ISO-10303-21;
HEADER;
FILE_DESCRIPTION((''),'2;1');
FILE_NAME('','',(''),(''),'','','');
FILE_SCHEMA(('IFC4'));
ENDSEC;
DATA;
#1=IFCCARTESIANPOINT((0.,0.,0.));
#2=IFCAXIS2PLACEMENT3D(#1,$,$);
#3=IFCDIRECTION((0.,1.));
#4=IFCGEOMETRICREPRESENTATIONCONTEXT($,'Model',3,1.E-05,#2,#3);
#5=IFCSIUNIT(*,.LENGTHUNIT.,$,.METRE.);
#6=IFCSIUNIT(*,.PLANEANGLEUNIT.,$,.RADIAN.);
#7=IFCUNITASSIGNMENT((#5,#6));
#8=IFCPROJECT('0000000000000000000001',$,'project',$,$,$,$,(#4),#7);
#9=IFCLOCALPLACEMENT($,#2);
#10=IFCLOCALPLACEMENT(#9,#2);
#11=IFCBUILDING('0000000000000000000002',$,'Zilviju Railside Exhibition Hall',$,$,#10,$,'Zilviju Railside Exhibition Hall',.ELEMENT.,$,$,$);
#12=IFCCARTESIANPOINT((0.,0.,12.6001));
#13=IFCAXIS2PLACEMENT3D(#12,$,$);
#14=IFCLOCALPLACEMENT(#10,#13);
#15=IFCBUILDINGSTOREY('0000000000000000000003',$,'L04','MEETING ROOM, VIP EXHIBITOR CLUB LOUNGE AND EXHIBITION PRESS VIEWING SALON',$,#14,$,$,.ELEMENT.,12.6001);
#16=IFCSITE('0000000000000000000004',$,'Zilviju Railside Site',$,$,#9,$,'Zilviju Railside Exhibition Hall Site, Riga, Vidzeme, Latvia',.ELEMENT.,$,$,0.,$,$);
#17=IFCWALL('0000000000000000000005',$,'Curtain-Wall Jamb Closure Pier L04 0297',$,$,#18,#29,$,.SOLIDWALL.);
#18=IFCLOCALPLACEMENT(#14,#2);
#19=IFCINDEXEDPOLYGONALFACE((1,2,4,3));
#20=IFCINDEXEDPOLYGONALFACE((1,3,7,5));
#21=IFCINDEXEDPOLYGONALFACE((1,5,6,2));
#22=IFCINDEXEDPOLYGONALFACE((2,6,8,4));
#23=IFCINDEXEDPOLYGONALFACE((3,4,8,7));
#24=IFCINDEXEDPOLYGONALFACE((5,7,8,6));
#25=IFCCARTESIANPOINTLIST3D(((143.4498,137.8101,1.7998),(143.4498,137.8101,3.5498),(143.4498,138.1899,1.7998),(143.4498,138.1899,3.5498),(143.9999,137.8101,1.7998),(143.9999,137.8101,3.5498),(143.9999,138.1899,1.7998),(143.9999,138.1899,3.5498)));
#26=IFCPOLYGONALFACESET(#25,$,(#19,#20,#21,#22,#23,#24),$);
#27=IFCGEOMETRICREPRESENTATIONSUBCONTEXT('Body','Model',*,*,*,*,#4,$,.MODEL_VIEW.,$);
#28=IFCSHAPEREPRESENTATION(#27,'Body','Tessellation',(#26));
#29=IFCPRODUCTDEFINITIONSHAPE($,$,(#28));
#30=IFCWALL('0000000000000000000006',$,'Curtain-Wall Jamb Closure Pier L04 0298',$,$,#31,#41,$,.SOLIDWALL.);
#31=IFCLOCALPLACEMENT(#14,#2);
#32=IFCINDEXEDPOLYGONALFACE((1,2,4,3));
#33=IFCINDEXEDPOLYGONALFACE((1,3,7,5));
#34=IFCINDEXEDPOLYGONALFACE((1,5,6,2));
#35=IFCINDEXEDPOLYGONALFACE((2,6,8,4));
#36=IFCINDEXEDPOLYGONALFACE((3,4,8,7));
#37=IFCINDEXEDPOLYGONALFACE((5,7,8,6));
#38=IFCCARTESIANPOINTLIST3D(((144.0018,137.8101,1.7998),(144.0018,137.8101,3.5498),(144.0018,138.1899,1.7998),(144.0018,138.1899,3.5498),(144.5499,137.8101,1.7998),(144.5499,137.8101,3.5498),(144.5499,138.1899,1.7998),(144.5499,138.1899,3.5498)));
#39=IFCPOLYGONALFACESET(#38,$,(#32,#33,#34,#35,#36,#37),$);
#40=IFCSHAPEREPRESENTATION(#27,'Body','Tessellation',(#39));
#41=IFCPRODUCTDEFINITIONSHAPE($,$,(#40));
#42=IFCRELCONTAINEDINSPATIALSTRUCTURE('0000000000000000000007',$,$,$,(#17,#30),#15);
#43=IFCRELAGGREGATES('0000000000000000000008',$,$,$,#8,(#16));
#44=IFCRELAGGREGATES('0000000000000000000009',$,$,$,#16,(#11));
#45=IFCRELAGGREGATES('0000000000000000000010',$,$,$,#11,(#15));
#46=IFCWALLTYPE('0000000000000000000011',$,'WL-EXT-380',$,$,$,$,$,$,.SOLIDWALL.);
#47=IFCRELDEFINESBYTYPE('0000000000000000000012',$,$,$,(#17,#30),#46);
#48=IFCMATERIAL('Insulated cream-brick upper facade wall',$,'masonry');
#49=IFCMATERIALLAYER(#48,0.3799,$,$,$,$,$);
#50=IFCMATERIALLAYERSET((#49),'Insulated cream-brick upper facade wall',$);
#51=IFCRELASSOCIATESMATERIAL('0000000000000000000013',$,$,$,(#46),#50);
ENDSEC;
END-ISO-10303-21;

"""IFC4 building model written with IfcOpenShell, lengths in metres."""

from ifc_helpers import new_model, si_unit, direction, frame, frame_2d, origin, place, context, subcontext, project, spatial, rectangle, extrude, material, layer, layer_set, type_object, element, save


model = new_model("IFC4")

# Units and contexts
model_context = context("Model", 3, precision=1e-05, world=origin(), true_north=direction((0.0, 1.0)))
body_context = subcontext(model_context, "Body", "Model", "MODEL_VIEW")
ifc_project = project(units=[si_unit("LENGTHUNIT", "METRE"), si_unit("PLANEANGLEUNIT", "RADIAN")], contexts=[model_context])

# Site, building, storey
site_placement = place(None, origin())
site = spatial("IfcSite", under=ifc_project, at=site_placement, Name="Zilviju Railside Site", LongName="Zilviju Railside Exhibition Hall Site, Riga, Vidzeme, Latvia", CompositionType="ELEMENT", RefElevation=0.0)
building_placement = place(site_placement, origin())
building = spatial("IfcBuilding", under=site, at=building_placement, Name="Zilviju Railside Exhibition Hall", LongName="Zilviju Railside Exhibition Hall", CompositionType="ELEMENT")
storey_placement = place(building_placement, frame((0.0, 0.0, 12.6001)))
storey = spatial("IfcBuildingStorey", under=building, at=storey_placement, Name="L04", Description="MEETING ROOM, VIP EXHIBITOR CLUB LOUNGE AND EXHIBITION PRESS VIEWING SALON", CompositionType="ELEMENT", Elevation=12.6001)

# Walls
ifc_material_1 = material(Name="Insulated cream-brick upper facade wall", Category="masonry")
ifc_layer_1 = layer(ifc_material_1, 0.3799)
ifc_layer_set_1 = layer_set([ifc_layer_1], Name="Insulated cream-brick upper facade wall")
wall_type = type_object("IfcWallType", Name="WL-EXT-380", PredefinedType="SOLIDWALL", material=ifc_layer_set_1)
wall_1_placement = place(storey_placement, frame((143.45, 138.0, 1.7998), z_axis=(0.0, 0.0, 1.0), x_axis=(1.0, 0.0, 0.0)))
element("IfcWall", 1, at=wall_1_placement, inside=storey, type_object=wall_type, Name="Curtain-Wall Jamb Closure Pier L04 0297", PredefinedType="SOLIDWALL", context=body_context, shape_type="SweptSolid", body=[
    extrude(rectangle(XDim=0.55, YDim=0.3799, at=frame_2d((0.2749, 0.0))), origin(), (0.0, 0.0, 1.0), 1.75),
])
wall_2_placement = place(storey_placement, frame((144.002, 138.0, 1.7998), z_axis=(0.0, 0.0, 1.0), x_axis=(1.0, 0.0, 0.0)))
element("IfcWall", 2, at=wall_2_placement, inside=storey, type_object=wall_type, Name="Curtain-Wall Jamb Closure Pier L04 0298", PredefinedType="SOLIDWALL", context=body_context, shape_type="SweptSolid", body=[
    extrude(rectangle(XDim=0.5481, YDim=0.3799, at=frame_2d((0.2739, 0.0))), origin(), (0.0, 0.0, 1.0), 1.75),
])

save(model, "model.ifc")
